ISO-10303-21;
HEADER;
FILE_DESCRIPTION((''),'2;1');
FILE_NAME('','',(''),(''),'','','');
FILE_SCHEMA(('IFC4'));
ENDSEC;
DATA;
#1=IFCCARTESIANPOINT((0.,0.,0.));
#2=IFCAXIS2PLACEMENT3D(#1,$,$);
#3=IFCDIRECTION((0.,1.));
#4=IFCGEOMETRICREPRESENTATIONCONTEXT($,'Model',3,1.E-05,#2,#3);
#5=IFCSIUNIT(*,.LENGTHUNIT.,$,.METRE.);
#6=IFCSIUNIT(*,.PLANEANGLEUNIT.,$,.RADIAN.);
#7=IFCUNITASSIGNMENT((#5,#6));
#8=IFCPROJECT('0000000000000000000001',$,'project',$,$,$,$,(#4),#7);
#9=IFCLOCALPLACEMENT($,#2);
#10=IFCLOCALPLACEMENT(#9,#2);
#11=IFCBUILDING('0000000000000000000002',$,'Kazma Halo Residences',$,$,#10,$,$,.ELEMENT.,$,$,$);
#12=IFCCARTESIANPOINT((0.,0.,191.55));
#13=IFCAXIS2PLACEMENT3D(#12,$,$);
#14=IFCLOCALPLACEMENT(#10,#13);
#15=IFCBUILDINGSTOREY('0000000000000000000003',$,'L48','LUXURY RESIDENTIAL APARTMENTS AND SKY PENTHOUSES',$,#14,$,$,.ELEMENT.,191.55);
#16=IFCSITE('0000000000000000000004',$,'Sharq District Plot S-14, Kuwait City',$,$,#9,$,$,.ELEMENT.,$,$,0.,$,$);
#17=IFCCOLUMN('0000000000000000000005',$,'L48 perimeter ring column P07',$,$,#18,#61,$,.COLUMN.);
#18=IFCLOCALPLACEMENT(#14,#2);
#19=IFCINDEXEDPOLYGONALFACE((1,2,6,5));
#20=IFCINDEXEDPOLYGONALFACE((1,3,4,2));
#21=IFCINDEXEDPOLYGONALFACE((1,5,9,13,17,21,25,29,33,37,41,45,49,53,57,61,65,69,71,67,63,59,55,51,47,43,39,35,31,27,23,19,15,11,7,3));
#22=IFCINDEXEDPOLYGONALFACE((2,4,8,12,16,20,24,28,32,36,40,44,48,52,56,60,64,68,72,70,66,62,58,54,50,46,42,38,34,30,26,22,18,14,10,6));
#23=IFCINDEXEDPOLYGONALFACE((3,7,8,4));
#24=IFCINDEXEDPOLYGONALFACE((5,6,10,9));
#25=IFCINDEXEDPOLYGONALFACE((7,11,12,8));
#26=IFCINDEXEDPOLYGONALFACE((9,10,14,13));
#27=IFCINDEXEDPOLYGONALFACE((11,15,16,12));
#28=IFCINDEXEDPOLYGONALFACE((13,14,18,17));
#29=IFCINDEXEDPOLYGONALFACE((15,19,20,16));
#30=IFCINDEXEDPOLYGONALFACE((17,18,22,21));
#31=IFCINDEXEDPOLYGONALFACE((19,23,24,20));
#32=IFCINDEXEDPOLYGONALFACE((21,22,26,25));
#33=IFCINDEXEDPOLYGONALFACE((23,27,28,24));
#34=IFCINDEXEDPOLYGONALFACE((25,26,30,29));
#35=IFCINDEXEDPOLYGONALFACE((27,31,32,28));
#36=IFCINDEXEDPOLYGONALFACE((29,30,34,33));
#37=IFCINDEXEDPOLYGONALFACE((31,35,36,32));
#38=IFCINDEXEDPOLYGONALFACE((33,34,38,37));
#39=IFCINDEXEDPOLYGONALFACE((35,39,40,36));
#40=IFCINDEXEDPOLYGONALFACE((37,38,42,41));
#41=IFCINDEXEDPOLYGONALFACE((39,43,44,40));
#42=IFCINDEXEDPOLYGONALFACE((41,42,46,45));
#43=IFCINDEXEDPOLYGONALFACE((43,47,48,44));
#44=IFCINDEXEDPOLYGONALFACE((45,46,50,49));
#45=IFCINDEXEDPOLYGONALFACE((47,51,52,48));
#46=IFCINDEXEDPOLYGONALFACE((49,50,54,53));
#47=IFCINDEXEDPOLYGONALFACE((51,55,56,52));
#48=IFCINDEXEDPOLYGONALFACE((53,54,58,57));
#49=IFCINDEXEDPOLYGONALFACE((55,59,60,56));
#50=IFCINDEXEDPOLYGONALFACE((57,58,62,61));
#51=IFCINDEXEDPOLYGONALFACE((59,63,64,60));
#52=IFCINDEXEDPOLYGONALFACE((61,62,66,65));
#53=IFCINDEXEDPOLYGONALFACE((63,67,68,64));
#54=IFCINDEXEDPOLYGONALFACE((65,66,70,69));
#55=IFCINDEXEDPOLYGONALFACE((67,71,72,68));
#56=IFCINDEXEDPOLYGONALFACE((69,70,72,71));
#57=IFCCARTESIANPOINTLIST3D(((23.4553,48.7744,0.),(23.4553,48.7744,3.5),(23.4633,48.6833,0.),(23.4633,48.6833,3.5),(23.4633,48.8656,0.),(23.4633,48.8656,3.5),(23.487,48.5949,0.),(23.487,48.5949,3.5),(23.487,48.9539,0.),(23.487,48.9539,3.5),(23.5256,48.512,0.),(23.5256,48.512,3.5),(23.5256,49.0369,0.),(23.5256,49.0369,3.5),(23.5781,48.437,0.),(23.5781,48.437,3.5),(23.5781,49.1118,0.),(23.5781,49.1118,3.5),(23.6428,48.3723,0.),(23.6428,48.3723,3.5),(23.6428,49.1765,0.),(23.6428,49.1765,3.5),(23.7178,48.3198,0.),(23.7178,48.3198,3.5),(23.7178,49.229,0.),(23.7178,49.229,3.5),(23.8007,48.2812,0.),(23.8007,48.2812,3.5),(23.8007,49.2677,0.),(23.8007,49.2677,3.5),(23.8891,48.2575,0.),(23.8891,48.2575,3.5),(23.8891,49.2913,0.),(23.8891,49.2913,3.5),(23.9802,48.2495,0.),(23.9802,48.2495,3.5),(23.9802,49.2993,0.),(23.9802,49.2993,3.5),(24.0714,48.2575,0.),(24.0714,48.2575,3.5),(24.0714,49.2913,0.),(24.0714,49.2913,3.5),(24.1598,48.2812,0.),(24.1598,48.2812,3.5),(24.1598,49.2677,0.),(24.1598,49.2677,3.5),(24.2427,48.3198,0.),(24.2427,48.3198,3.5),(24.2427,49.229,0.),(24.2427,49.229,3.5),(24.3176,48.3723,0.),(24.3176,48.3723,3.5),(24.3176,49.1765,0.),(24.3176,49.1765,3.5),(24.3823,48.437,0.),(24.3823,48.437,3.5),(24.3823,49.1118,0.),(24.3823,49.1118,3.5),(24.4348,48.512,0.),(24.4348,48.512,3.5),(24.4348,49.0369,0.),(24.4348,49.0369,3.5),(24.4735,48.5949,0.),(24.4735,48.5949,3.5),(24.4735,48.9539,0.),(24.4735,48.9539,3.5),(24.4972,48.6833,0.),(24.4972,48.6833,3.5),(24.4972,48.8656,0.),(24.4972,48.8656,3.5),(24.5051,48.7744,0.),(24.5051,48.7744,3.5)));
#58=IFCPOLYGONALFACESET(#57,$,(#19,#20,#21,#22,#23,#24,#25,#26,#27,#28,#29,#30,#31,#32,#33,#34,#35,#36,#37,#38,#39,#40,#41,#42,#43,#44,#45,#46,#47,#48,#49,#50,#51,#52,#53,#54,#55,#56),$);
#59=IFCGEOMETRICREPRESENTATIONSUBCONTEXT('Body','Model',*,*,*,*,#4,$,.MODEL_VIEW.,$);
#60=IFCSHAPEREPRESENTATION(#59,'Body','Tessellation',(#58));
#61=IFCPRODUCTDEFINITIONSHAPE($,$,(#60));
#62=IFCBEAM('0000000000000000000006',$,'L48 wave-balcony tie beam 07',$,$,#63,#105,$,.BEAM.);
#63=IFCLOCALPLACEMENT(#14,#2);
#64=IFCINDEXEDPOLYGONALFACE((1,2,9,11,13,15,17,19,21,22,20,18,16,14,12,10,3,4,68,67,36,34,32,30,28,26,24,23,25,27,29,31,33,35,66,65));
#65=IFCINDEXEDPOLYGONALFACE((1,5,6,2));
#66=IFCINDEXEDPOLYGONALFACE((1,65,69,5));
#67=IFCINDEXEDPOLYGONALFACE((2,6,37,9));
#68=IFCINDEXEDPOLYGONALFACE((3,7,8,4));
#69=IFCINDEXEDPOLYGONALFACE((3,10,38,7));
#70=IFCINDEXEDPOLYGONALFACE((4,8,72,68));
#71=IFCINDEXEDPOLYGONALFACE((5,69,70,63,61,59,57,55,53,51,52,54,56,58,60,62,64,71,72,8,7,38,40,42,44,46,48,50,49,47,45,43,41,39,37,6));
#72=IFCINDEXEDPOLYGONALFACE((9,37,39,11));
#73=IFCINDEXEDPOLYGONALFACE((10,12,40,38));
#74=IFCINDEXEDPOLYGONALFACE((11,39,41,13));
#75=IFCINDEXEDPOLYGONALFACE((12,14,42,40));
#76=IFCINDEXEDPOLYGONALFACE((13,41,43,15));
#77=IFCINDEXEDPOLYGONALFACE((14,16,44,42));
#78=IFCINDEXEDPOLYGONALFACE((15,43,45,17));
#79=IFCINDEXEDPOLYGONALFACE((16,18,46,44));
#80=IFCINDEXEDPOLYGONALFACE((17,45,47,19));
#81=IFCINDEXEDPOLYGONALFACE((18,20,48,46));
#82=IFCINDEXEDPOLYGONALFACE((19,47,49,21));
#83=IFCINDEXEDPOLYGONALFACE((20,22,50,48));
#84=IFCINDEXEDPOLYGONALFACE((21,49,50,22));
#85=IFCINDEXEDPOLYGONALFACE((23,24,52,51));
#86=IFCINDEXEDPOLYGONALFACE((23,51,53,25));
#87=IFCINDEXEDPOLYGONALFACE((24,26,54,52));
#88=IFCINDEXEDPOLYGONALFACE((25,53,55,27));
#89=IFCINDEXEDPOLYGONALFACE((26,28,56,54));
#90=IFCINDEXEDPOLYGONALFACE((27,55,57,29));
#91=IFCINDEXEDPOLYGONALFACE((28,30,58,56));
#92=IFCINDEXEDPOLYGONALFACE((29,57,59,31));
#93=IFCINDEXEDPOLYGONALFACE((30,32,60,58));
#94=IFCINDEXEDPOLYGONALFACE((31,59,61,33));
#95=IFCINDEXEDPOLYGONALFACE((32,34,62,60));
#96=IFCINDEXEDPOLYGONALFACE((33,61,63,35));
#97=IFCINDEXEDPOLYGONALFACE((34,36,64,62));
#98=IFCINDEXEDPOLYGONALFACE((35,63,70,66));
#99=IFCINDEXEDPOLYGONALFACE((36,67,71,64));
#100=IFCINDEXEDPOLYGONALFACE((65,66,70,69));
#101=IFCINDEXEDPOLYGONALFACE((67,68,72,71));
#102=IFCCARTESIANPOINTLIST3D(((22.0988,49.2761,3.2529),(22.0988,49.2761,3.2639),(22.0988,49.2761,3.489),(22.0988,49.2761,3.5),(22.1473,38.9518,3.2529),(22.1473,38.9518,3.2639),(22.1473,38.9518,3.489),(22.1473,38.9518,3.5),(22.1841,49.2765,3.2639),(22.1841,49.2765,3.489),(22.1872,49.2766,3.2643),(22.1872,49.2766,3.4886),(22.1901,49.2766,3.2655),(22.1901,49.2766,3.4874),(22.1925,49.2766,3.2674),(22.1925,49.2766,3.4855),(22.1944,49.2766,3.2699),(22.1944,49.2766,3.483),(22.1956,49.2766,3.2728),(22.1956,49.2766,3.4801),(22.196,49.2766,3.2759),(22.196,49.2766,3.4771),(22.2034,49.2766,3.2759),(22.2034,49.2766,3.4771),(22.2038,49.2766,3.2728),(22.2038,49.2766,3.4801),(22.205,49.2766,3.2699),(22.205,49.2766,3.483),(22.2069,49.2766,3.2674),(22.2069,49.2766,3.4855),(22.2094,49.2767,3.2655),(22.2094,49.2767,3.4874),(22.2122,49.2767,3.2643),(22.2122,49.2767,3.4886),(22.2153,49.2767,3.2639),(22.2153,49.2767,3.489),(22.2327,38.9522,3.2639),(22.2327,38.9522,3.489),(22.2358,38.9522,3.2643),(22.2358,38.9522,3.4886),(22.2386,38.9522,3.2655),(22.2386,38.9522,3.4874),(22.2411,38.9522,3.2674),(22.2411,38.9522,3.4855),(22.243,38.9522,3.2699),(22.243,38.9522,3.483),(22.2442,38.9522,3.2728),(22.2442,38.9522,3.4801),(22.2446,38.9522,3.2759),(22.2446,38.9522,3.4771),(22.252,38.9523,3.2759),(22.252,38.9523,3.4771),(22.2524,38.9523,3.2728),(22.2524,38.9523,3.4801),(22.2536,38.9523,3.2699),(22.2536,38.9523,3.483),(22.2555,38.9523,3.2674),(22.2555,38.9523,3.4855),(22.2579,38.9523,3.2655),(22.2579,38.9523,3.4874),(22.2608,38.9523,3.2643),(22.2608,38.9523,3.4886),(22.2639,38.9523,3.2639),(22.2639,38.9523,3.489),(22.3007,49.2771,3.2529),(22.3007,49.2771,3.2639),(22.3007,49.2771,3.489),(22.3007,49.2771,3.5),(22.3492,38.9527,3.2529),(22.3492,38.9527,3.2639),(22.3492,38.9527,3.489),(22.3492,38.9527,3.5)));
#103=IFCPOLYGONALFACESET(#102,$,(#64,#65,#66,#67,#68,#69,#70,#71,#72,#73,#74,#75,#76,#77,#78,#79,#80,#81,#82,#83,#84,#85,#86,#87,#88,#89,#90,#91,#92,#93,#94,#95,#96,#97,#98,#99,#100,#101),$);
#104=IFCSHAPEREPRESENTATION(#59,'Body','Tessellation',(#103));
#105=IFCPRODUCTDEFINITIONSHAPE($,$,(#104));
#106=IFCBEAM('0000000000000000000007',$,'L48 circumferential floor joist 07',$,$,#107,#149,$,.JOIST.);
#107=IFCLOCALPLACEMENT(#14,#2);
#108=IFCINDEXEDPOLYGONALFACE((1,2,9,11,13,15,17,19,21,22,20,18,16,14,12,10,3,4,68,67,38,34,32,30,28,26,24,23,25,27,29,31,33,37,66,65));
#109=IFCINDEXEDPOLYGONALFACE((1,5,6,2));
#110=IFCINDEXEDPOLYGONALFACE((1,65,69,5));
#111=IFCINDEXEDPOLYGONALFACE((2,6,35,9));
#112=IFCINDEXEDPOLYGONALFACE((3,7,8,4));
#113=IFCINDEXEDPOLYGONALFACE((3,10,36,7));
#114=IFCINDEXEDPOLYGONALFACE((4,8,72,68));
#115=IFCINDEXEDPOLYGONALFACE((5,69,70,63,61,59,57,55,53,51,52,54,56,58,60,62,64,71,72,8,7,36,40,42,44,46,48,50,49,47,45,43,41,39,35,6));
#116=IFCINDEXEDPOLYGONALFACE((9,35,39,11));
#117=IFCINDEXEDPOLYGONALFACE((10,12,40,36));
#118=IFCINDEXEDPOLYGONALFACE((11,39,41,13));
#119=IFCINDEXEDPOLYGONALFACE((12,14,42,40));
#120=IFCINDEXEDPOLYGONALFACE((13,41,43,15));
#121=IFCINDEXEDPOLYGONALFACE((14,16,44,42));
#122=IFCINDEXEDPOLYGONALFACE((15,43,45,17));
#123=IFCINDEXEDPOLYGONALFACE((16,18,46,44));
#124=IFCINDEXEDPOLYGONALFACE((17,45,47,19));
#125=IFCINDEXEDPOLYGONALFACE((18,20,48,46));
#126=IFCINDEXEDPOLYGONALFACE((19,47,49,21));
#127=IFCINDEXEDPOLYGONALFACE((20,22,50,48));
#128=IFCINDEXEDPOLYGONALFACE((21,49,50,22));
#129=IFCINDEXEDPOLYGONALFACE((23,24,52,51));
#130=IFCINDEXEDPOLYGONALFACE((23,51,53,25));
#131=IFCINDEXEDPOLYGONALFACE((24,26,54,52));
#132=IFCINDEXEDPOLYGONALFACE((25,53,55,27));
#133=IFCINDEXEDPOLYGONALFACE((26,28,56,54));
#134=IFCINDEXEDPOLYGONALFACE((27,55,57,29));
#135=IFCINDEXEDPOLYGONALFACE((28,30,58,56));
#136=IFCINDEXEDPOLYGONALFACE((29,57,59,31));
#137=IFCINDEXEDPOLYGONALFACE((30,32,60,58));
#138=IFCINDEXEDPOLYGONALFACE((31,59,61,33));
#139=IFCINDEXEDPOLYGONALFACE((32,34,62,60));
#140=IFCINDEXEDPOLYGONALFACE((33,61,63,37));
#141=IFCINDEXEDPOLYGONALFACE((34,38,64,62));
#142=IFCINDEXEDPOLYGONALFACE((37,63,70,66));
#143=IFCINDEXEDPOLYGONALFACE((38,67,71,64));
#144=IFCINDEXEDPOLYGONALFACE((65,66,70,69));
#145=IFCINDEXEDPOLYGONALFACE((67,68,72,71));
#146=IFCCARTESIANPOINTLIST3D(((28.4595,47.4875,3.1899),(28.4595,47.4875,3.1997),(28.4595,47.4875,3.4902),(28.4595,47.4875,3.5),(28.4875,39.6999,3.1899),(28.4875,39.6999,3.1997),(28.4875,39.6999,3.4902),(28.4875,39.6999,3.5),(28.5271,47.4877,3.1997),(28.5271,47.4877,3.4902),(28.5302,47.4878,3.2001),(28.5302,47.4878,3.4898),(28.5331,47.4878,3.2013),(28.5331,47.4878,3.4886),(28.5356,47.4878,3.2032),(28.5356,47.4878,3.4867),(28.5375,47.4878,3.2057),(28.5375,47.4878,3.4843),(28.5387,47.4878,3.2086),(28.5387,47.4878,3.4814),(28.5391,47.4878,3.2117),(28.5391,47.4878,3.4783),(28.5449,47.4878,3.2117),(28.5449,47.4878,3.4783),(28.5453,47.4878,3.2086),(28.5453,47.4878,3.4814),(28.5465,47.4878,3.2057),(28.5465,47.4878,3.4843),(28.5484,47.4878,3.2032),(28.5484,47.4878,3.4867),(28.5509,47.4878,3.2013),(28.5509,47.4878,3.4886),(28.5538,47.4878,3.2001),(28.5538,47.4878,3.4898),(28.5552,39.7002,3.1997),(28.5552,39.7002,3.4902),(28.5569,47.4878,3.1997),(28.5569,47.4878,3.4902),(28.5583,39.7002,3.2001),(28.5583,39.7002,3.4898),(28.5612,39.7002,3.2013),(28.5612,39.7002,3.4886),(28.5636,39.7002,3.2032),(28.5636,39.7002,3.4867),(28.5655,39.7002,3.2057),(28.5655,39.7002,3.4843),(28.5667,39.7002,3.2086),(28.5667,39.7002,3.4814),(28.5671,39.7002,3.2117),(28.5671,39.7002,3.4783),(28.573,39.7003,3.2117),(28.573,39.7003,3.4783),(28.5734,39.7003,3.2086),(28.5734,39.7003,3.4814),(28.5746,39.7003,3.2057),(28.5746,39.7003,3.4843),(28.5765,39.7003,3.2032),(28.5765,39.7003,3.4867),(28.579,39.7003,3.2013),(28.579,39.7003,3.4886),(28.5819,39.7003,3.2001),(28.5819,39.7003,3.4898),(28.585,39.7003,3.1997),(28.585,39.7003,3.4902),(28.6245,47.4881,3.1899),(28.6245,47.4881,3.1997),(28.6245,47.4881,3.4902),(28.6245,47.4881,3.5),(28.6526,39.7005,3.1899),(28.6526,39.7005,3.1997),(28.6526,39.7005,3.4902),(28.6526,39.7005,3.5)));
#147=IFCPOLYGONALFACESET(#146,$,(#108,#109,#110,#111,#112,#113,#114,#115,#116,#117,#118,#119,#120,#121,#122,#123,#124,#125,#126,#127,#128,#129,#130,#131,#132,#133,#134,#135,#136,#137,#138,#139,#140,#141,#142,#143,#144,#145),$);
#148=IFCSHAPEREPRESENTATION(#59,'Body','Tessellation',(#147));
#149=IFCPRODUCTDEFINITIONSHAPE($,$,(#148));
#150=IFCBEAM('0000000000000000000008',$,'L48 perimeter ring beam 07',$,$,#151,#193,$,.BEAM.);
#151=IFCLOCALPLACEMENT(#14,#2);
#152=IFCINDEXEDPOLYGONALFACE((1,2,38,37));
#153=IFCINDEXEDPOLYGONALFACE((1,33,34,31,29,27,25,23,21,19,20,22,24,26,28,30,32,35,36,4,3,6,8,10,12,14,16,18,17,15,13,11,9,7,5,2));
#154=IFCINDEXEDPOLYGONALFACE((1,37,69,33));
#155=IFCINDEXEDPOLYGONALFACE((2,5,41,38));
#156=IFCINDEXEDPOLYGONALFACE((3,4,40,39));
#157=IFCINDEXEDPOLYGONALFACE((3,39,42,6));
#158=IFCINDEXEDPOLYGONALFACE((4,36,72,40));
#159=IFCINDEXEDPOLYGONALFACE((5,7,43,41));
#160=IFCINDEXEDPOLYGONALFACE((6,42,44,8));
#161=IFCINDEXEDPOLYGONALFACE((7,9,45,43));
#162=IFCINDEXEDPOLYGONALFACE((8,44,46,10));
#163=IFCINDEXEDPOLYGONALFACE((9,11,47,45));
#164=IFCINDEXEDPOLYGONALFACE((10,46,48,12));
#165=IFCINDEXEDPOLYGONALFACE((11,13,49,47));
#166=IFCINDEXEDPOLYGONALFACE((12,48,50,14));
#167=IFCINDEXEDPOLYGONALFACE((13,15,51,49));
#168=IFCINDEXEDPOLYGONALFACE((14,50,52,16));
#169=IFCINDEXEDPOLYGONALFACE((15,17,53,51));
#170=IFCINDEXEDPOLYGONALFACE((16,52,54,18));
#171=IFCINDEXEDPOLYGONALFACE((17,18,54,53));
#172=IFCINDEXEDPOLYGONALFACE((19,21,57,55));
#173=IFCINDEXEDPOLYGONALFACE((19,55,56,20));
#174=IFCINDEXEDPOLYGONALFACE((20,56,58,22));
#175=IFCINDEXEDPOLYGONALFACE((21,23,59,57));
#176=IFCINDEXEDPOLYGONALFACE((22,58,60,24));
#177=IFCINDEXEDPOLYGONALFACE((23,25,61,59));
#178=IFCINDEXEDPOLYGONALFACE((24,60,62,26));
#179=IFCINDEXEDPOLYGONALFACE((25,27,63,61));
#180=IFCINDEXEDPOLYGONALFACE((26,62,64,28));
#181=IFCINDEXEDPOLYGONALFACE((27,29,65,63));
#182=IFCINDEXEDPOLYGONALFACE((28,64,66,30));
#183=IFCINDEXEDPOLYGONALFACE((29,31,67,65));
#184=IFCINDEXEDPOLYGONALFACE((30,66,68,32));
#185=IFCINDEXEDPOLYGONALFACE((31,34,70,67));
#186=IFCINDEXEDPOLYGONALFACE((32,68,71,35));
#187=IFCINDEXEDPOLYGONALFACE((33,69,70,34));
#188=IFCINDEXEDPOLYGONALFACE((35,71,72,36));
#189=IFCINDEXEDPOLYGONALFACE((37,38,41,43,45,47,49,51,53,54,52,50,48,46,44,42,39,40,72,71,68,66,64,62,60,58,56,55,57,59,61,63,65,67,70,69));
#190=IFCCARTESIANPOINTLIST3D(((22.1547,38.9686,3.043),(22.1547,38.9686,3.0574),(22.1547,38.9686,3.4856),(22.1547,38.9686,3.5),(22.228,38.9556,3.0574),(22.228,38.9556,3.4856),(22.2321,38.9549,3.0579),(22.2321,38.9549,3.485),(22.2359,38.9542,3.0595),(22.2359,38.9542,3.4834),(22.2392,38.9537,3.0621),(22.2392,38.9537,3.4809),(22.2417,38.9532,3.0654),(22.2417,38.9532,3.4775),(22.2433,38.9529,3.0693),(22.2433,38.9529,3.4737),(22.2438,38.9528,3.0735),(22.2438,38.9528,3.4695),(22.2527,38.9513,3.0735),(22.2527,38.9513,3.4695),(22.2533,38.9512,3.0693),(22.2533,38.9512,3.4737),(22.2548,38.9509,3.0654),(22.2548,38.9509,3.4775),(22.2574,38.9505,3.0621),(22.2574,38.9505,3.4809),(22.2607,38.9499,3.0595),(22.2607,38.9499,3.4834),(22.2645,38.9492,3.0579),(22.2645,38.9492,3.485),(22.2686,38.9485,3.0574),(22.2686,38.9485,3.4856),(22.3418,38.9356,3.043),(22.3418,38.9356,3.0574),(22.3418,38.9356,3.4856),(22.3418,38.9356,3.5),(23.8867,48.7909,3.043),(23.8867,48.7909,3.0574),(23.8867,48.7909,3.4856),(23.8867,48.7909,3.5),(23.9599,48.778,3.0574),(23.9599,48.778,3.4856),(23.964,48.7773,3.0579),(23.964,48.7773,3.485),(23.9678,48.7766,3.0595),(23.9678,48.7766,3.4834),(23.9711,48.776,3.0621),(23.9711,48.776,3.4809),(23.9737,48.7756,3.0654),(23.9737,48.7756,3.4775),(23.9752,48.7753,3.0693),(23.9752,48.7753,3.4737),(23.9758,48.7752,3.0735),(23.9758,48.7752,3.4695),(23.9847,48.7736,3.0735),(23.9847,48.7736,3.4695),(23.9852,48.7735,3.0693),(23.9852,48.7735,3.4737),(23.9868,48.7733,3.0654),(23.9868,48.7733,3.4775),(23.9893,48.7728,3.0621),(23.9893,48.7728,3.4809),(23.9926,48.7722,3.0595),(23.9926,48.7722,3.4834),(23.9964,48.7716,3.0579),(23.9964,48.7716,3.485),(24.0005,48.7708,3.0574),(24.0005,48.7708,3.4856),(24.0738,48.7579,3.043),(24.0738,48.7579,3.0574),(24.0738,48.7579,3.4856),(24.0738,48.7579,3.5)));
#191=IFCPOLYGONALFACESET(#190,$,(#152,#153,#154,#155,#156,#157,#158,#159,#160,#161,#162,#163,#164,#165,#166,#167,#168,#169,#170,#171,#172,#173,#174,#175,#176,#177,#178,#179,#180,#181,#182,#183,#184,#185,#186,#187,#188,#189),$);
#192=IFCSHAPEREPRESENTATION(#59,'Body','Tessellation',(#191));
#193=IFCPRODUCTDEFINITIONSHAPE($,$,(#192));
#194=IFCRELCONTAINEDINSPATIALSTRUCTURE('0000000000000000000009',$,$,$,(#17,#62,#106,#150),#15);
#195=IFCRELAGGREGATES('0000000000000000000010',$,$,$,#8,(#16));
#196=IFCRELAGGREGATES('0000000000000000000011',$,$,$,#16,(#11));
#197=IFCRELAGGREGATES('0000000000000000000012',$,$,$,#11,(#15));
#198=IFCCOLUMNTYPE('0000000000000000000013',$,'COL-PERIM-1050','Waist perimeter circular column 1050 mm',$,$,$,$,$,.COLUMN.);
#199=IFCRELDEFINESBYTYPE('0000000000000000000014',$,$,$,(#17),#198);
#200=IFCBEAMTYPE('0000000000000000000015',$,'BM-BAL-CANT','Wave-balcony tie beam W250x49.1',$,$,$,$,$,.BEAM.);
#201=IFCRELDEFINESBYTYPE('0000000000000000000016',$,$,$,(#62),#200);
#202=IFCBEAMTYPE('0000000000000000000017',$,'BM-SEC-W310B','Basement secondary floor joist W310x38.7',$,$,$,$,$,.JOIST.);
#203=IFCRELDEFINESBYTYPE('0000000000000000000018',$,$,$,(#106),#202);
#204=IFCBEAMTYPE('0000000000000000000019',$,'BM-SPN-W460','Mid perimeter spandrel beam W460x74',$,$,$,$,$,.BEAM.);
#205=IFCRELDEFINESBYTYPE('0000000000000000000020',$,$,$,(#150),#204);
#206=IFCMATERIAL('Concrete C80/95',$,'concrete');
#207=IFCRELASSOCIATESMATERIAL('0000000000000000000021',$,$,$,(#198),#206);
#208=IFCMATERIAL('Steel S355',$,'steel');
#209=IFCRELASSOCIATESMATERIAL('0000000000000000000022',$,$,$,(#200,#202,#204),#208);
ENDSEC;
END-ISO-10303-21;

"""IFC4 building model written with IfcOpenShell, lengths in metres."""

from ifc_helpers import new_model, si_unit, direction, frame, origin, origin_2d, place, context, subcontext, project, spatial, circle, i_section, extrude, material, material_profile, profile_set, type_object, element, save


model = new_model("IFC4")

# Units and contexts
model_context = context("Model", 3, precision=1e-05, world=origin(), true_north=direction((0.0, 1.0)))
body_context = subcontext(model_context, "Body", "Model", "MODEL_VIEW")
ifc_project = project(units=[si_unit("LENGTHUNIT", "METRE"), si_unit("PLANEANGLEUNIT", "RADIAN")], contexts=[model_context])

# Site, building, storey
site_placement = place(None, origin())
site = spatial("IfcSite", under=ifc_project, at=site_placement, Name="Sharq District Plot S-14, Kuwait City", CompositionType="ELEMENT", RefElevation=0.0)
building_placement = place(site_placement, origin())
building = spatial("IfcBuilding", under=site, at=building_placement, Name="Kazma Halo Residences", CompositionType="ELEMENT")
storey_placement = place(building_placement, frame((0.0, 0.0, 191.55)))
storey = spatial("IfcBuildingStorey", under=building, at=storey_placement, Name="L48", Description="LUXURY RESIDENTIAL APARTMENTS AND SKY PENTHOUSES", CompositionType="ELEMENT", Elevation=191.55)

# Column
ifc_material_1 = material(Name="Concrete C80/95", Category="concrete")
ifc_material_profile_1 = material_profile(ifc_material_1, circle(Radius=0.5249, at=origin_2d()), Name="CIRC1050")
ifc_profile_set_1 = profile_set([ifc_material_profile_1], Name="Concrete C80/95")
column_type = type_object("IfcColumnType", Name="COL-PERIM-1050", Description="Waist perimeter circular column 1050 mm", PredefinedType="COLUMN", material=ifc_profile_set_1)
column_placement = place(storey_placement, frame((23.9802, 48.7744, 0.0), z_axis=(0.0, 0.0, 1.0), x_axis=(1.0, 0.0, 0.0)))
element("IfcColumn", 1, at=column_placement, inside=storey, type_object=column_type, Name="L48 perimeter ring column P07", PredefinedType="COLUMN", context=body_context, shape_type="SweptSolid", body=[
    extrude(circle(Radius=0.5249, at=origin_2d()), origin(), (0.0, 0.0, 1.0), 3.5),
])

# Beams
ifc_material_2 = material(Name="Steel S355", Category="steel")
ifc_material_profile_2 = material_profile(ifc_material_2, i_section(OverallWidth=0.2019, OverallDepth=0.2471, WebThickness=0.0073, FlangeThickness=0.011, FilletRadius=0.012, at=origin_2d()), Name="W250x49.1")
ifc_profile_set_2 = profile_set([ifc_material_profile_2], Name="Steel S355")
beam_type_1 = type_object("IfcBeamType", Name="BM-BAL-CANT", Description="Wave-balcony tie beam W250x49.1", PredefinedType="BEAM", material=ifc_profile_set_2)
beam_1_placement = place(storey_placement, frame((22.1997, 49.2766, 3.3765), z_axis=(0.004706, -0.999989, 0.0), x_axis=(0.999989, 0.004706, 0.0)))
element("IfcBeam", 2, at=beam_1_placement, inside=storey, type_object=beam_type_1, Name="L48 wave-balcony tie beam 07", PredefinedType="BEAM", context=body_context, shape_type="SweptSolid", body=[
    extrude(i_section(OverallWidth=0.2019, OverallDepth=0.2471, WebThickness=0.0073, FlangeThickness=0.011, FilletRadius=0.012, at=origin_2d()), origin(), (0.0, 0.0, 1.0), 10.3245),
])
ifc_material_profile_3 = material_profile(ifc_material_2, i_section(OverallWidth=0.165, OverallDepth=0.3101, WebThickness=0.0059, FlangeThickness=0.0098, FilletRadius=0.012, at=origin_2d()), Name="W310x38.7")
ifc_profile_set_3 = profile_set([ifc_material_profile_3], Name="Steel S355")
beam_type_2 = type_object("IfcBeamType", Name="BM-SEC-W310B", Description="Basement secondary floor joist W310x38.7", PredefinedType="JOIST", material=ifc_profile_set_3)
beam_2_placement = place(storey_placement, frame((28.542, 47.4878, 3.345), z_axis=(0.003605, -0.999994, 0.0), x_axis=(0.999994, 0.003605, 0.0)))
element("IfcBeam", 3, at=beam_2_placement, inside=storey, type_object=beam_type_2, Name="L48 circumferential floor joist 07", PredefinedType="JOIST", context=body_context, shape_type="SweptSolid", body=[
    extrude(i_section(OverallWidth=0.165, OverallDepth=0.3101, WebThickness=0.0059, FlangeThickness=0.0098, FilletRadius=0.012, at=origin_2d()), origin(), (0.0, 0.0, 1.0), 7.7876),
])
ifc_material_profile_4 = material_profile(ifc_material_2, i_section(OverallWidth=0.1899, OverallDepth=0.457, WebThickness=0.009, FlangeThickness=0.0144, FilletRadius=0.0161, at=origin_2d()), Name="W460x74")
ifc_profile_set_4 = profile_set([ifc_material_profile_4], Name="Steel S355")
beam_type_3 = type_object("IfcBeamType", Name="BM-SPN-W460", Description="Mid perimeter spandrel beam W460x74", PredefinedType="BEAM", material=ifc_profile_set_4)
beam_3_placement = place(storey_placement, frame((23.9802, 48.7744, 3.2715), z_axis=(-0.173648, -0.984808, 0.0), x_axis=(0.984808, -0.173648, 0.0)))
element("IfcBeam", 4, at=beam_3_placement, inside=storey, type_object=beam_type_3, Name="L48 perimeter ring beam 07", PredefinedType="BEAM", context=body_context, shape_type="SweptSolid", body=[
    extrude(i_section(OverallWidth=0.1899, OverallDepth=0.457, WebThickness=0.009, FlangeThickness=0.0144, FilletRadius=0.0161, at=origin_2d()), origin(), (0.0, 0.0, 1.0), 9.9739),
])

save(model, "model.ifc")
